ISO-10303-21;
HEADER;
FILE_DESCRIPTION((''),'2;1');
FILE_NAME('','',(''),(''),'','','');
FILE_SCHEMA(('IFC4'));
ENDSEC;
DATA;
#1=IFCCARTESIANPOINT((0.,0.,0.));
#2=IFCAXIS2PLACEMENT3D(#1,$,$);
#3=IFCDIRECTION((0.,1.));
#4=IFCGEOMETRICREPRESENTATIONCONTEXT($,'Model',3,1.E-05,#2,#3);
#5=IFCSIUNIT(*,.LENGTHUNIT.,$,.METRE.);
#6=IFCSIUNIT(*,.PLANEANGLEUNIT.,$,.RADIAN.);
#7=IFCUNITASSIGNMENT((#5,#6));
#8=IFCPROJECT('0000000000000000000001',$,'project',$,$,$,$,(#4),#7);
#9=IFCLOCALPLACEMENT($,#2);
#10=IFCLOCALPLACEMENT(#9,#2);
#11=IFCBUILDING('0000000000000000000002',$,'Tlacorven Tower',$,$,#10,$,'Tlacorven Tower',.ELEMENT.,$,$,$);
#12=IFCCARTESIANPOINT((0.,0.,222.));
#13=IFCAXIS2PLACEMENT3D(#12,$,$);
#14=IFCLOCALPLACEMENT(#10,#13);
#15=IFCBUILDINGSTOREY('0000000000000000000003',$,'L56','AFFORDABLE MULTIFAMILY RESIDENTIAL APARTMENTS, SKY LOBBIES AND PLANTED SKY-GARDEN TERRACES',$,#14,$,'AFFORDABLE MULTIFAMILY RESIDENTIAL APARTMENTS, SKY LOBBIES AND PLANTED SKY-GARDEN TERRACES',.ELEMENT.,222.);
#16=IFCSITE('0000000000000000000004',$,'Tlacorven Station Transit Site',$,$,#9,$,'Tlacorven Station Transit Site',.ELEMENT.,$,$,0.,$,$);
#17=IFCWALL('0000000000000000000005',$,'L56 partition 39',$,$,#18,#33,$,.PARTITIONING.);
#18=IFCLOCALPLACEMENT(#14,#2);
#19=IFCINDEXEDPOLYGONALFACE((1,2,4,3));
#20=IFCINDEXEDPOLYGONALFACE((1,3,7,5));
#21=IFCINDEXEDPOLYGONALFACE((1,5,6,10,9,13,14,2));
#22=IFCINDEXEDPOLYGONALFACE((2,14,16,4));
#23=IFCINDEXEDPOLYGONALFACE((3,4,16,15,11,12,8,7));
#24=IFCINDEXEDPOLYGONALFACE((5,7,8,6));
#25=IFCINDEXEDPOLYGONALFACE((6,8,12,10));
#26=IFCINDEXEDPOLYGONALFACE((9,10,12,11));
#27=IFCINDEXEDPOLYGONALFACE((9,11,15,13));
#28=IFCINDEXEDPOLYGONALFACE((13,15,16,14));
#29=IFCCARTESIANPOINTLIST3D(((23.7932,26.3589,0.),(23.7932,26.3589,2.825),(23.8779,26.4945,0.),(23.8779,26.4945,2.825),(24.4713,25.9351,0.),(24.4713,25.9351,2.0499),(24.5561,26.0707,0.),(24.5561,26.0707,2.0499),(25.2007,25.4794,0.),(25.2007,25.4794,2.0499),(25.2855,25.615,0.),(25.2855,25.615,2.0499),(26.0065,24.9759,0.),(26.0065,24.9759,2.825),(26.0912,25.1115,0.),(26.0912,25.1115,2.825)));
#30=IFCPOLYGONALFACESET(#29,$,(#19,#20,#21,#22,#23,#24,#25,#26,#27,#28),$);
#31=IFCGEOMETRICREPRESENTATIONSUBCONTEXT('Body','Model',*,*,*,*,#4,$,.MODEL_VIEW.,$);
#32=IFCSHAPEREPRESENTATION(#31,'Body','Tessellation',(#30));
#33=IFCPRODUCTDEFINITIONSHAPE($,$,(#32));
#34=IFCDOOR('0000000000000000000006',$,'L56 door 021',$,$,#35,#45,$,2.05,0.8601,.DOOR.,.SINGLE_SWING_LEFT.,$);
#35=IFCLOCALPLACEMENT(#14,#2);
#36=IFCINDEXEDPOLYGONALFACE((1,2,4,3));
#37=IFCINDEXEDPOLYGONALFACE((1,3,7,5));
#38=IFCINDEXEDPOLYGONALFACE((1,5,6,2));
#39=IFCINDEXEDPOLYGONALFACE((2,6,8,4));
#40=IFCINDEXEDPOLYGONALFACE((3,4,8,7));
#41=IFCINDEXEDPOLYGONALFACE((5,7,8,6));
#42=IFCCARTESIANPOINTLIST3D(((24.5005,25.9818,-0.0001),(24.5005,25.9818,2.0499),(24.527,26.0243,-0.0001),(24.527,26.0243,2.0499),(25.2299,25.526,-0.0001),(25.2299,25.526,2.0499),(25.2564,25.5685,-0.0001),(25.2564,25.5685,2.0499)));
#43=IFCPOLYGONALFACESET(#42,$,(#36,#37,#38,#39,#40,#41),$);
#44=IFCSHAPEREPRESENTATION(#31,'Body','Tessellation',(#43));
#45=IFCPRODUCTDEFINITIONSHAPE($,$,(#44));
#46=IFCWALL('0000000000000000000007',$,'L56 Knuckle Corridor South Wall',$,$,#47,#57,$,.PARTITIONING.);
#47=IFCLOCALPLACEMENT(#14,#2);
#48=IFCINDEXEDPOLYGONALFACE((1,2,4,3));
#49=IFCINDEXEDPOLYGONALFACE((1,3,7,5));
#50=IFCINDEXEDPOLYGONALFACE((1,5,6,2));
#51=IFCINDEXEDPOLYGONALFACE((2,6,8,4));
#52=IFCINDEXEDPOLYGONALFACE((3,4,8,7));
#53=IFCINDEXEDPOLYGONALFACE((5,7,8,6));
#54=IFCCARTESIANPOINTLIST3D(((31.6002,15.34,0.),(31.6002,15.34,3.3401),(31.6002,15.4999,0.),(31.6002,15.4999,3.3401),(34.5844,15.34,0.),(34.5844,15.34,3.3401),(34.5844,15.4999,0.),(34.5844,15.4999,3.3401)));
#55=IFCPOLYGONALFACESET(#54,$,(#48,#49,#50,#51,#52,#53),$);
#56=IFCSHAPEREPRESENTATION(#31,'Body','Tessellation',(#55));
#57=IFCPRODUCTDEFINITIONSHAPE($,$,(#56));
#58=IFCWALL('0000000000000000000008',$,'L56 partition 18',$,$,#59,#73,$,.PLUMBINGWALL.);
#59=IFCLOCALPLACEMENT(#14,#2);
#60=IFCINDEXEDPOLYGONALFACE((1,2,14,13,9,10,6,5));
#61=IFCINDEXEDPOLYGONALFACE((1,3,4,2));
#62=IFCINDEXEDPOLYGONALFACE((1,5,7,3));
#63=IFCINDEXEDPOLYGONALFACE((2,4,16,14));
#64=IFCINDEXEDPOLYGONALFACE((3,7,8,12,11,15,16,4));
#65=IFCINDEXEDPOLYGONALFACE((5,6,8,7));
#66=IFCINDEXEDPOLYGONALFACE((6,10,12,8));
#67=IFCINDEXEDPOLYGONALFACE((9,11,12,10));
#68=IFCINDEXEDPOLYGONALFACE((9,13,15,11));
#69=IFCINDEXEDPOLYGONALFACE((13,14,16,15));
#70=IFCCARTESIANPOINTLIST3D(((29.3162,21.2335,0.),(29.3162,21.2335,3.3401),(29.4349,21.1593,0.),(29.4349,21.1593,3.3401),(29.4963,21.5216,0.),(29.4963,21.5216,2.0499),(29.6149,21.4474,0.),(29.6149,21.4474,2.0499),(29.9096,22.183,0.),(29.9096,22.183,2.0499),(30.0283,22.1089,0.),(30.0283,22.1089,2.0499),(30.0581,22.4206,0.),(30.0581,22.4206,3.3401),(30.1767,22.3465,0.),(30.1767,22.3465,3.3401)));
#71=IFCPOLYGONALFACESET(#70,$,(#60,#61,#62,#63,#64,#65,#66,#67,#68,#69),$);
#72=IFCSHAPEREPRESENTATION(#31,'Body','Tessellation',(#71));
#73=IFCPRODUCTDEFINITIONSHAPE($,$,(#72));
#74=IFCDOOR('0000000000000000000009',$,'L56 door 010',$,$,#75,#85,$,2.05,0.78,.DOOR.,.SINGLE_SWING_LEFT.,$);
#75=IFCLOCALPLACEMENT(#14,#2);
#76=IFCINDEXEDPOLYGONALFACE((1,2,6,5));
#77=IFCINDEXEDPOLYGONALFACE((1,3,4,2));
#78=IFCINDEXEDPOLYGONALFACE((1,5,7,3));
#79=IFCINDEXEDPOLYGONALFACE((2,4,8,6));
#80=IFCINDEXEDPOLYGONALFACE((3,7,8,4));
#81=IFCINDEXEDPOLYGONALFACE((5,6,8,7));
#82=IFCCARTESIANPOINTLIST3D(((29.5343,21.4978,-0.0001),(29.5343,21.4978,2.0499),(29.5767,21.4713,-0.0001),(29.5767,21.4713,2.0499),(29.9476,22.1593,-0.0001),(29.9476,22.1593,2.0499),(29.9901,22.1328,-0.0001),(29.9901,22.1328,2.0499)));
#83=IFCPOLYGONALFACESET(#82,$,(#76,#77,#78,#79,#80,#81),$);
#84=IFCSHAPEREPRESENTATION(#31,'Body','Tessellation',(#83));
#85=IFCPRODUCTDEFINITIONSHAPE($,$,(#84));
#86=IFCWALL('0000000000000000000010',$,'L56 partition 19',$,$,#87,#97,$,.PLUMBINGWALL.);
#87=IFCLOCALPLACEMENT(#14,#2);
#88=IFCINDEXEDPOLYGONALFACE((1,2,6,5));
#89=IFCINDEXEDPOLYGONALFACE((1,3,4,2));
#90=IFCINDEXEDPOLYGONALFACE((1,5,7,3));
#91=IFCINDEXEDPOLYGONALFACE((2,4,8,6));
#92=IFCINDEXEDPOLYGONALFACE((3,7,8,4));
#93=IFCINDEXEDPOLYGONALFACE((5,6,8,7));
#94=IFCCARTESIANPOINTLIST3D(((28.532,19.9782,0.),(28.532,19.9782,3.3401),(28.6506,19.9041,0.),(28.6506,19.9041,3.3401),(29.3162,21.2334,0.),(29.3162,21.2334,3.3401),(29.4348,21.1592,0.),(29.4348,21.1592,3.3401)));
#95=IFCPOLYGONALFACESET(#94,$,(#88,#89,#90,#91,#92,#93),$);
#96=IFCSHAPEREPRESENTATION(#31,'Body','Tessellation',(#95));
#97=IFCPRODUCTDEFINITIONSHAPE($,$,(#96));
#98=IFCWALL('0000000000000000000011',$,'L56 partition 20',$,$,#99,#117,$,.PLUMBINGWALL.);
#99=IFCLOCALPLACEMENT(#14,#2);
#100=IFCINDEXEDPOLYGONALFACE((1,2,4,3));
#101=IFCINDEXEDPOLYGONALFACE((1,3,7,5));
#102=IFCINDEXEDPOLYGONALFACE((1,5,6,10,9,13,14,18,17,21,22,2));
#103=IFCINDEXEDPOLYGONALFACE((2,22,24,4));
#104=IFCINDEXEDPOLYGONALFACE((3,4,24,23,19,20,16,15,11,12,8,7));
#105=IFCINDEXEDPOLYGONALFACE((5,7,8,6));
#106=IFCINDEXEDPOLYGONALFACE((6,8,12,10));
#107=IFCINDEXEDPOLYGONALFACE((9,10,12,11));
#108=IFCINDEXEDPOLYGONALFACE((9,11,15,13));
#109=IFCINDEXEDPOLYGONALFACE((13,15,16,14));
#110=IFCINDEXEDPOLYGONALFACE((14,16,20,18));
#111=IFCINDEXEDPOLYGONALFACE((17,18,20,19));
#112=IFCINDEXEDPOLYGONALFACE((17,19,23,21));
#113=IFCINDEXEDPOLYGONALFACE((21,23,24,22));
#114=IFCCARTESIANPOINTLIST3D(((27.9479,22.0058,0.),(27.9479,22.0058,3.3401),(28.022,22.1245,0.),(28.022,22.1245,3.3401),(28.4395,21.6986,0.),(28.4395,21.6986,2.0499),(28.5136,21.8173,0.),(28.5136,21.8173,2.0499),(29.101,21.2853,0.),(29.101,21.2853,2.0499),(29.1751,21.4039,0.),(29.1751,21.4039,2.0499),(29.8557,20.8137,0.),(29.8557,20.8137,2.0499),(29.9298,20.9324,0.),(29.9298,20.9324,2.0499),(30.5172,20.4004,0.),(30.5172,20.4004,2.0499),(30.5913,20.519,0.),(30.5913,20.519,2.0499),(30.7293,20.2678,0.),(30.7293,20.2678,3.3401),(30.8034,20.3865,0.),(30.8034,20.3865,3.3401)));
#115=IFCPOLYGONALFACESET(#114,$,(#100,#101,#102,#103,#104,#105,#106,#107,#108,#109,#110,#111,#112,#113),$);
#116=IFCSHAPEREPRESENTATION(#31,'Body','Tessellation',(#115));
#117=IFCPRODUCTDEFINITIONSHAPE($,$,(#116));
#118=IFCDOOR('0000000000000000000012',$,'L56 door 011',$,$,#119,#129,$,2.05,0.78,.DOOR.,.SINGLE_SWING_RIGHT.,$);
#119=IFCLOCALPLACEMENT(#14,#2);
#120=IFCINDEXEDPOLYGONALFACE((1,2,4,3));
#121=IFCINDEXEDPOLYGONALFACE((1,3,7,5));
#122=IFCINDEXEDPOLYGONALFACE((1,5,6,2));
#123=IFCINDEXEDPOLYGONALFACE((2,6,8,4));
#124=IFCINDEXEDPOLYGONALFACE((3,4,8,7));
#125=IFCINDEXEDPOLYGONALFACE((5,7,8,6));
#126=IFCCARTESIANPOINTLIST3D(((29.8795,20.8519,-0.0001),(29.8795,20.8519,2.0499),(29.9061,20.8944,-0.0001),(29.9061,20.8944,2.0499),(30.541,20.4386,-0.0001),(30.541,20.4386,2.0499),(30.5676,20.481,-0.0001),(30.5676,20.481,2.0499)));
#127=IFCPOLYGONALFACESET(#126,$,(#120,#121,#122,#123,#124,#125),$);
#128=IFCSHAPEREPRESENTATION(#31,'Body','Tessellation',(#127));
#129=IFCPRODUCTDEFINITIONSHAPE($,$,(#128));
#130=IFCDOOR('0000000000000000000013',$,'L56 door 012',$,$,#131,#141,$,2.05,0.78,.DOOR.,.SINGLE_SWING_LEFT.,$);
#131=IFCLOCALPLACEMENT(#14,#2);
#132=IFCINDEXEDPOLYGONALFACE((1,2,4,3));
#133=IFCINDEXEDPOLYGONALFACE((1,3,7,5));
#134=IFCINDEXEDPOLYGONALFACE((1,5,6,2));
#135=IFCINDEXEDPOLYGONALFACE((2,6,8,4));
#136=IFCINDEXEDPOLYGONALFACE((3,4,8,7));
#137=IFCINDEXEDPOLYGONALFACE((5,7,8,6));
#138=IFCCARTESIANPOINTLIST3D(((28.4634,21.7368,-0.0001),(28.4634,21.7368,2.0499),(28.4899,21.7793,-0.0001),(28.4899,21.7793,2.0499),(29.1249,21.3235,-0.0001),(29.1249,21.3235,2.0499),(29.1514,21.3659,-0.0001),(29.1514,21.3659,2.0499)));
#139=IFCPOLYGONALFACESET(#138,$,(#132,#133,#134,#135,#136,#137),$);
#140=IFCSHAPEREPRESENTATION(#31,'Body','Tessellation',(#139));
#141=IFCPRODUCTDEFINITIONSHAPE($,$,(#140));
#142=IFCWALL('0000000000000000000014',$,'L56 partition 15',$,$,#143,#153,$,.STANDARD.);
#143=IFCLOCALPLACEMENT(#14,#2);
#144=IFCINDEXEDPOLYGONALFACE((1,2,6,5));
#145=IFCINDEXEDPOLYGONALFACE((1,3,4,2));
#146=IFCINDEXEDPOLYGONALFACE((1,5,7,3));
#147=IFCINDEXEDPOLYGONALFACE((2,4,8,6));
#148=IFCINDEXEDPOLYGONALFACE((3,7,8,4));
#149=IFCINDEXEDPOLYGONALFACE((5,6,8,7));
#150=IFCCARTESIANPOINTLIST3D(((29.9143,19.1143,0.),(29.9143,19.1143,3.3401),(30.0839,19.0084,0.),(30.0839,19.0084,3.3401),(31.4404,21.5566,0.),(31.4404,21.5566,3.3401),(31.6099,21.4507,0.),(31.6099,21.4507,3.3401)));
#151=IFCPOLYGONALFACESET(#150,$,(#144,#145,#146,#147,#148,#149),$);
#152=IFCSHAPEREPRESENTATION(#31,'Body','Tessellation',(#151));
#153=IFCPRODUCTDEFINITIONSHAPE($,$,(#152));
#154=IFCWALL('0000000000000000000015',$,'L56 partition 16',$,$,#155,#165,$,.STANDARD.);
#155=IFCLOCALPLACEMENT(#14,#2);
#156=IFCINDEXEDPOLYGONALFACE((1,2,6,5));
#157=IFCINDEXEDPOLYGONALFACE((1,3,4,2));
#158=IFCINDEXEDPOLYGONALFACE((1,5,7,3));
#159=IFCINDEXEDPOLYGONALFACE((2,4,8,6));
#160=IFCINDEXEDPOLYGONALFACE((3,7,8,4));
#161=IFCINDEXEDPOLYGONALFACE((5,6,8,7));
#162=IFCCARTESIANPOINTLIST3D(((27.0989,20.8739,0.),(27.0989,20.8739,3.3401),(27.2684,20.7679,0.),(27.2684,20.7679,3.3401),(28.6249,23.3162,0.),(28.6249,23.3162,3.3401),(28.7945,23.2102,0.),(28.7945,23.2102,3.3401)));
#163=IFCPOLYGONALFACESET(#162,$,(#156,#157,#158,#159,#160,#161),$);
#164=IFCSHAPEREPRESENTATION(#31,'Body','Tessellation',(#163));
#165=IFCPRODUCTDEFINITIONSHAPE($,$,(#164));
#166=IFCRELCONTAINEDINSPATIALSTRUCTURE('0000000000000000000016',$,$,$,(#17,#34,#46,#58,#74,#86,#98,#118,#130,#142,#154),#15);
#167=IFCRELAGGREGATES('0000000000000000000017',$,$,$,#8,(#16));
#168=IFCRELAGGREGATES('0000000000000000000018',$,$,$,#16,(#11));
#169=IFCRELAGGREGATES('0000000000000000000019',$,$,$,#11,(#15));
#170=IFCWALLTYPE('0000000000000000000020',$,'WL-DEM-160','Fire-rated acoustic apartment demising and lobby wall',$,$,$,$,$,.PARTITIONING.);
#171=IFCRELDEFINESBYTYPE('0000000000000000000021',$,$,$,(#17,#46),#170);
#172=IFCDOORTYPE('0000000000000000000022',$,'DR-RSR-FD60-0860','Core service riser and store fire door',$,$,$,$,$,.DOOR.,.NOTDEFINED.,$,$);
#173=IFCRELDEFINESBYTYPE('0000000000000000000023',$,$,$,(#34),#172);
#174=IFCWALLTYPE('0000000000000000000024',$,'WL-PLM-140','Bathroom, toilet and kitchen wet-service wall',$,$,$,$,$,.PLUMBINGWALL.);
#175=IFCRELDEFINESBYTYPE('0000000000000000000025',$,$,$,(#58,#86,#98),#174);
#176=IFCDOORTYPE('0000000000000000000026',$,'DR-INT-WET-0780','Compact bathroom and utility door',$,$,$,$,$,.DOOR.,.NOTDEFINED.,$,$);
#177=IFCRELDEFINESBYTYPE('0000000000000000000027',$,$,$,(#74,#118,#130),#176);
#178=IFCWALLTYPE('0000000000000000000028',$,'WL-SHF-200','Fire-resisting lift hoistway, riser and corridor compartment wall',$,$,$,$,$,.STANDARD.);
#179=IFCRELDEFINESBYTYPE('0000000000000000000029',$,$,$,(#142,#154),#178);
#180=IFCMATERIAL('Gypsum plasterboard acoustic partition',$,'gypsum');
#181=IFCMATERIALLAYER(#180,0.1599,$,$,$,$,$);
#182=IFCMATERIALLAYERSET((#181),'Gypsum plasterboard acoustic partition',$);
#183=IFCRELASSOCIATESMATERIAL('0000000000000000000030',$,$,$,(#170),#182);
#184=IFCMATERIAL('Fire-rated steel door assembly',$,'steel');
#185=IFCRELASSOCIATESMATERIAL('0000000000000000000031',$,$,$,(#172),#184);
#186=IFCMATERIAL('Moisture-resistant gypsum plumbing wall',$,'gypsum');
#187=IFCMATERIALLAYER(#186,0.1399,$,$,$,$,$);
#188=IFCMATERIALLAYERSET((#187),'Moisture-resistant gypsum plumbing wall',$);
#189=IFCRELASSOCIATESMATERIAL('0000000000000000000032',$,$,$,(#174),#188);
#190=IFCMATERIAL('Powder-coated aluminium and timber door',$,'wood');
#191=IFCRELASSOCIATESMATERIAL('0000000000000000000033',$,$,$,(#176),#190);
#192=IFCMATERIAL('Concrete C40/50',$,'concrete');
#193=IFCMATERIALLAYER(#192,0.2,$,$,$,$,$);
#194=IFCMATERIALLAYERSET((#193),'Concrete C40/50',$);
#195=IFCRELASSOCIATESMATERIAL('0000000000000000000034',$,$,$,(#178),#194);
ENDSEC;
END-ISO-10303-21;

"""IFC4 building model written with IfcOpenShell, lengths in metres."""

from ifc_helpers import new_model, si_unit, direction, frame, frame_2d, origin, place, context, subcontext, project, spatial, rectangle, extrude, source, transform, mapped, material, layer, layer_set, type_object, element, fill, save


model = new_model("IFC4")

# Units and contexts
model_context = context("Model", 3, precision=1e-05, world=origin(), true_north=direction((0.0, 1.0)))
body_context = subcontext(model_context, "Body", "Model", "MODEL_VIEW")
ifc_project = project(units=[si_unit("LENGTHUNIT", "METRE"), si_unit("PLANEANGLEUNIT", "RADIAN")], contexts=[model_context])

# Site, building, storey
site_placement = place(None, origin())
site = spatial("IfcSite", under=ifc_project, at=site_placement, Name="Tlacorven Station Transit Site", LongName="Tlacorven Station Transit Site", CompositionType="ELEMENT", RefElevation=0.0)
building_placement = place(site_placement, origin())
building = spatial("IfcBuilding", under=site, at=building_placement, Name="Tlacorven Tower", LongName="Tlacorven Tower", CompositionType="ELEMENT")
storey_placement = place(building_placement, frame((0.0, 0.0, 222.0)))
storey = spatial("IfcBuildingStorey", under=building, at=storey_placement, Name="L56", Description="AFFORDABLE MULTIFAMILY RESIDENTIAL APARTMENTS, SKY LOBBIES AND PLANTED SKY-GARDEN TERRACES", LongName="AFFORDABLE MULTIFAMILY RESIDENTIAL APARTMENTS, SKY LOBBIES AND PLANTED SKY-GARDEN TERRACES", CompositionType="ELEMENT", Elevation=222.0)

# Wall, opening, door
ifc_material_1 = material(Name="Gypsum plasterboard acoustic partition", Category="gypsum")
ifc_layer_1 = layer(ifc_material_1, 0.1599)
ifc_layer_set_1 = layer_set([ifc_layer_1], Name="Gypsum plasterboard acoustic partition")
wall_type_1 = type_object("IfcWallType", Name="WL-DEM-160", Description="Fire-rated acoustic apartment demising and lobby wall", PredefinedType="PARTITIONING", material=ifc_layer_set_1)
wall_1_placement = place(storey_placement, frame((26.0488, 25.0437, 0.0), z_axis=(0.0, 0.0, 1.0), x_axis=(-0.848051, 0.529915, 0.0)))
wall_1 = element("IfcWall", 1, at=wall_1_placement, inside=storey, type_object=wall_type_1, Name="L56 partition 39", PredefinedType="PARTITIONING", context=body_context, shape_type="SweptSolid", body=[
    extrude(rectangle(XDim=2.6099, YDim=0.1599, at=frame_2d((1.3049, 0.0))), origin(), (0.0, 0.0, 1.0), 2.825),
])
opening_1_placement = place(wall_1_placement, frame((0.95, 0.0, 0.0)))
opening_1 = element("IfcOpeningElement", 2, at=opening_1_placement, cuts=wall_1, PredefinedType="OPENING", context=body_context, shape_type="SweptSolid", body=[
    extrude(rectangle(XDim=0.8601, YDim=2.05, at=frame_2d((0.4302, 1.0249))), frame((0.0, 0.0898, 0.0), z_axis=(0.0, -1.0, 0.0), x_axis=(1.0, 0.0, 0.0)), (0.0, 0.0, 1.0), 0.1799),
])
ifc_material_2 = material(Name="Fire-rated steel door assembly", Category="steel")
door_type_1 = type_object("IfcDoorType", Name="DR-RSR-FD60-0860", Description="Core service riser and store fire door", OperationType="NOTDEFINED", PredefinedType="DOOR", material=ifc_material_2)
shared_shape_1 = source(origin(), body_context, "Body", "SweptSolid", [
    extrude(rectangle(XDim=0.8601, YDim=2.05, at=frame_2d((0.4302, 1.0249))), frame((0.0, 0.0249, 0.0), z_axis=(0.0, -1.0, 0.0), x_axis=(1.0, 0.0, 0.0)), (0.0, 0.0, 1.0), 0.05),
])
door_1_placement = place(opening_1_placement, origin())
door_1 = element("IfcDoor", 3, at=door_1_placement, inside=storey, type_object=door_type_1, Name="L56 door 021", OperationType="SINGLE_SWING_LEFT", OverallHeight=2.05, OverallWidth=0.8601, PredefinedType="DOOR", context=body_context, shape_type="MappedRepresentation", body=[
    mapped(shared_shape_1, transform((0.0, 0.0, 0.0), scale=1.0)),
])
fill(opening_1, door_1)

# Wall
wall_2_placement = place(storey_placement, frame((31.6001, 15.4199, 0.0), z_axis=(0.0, 0.0, 1.0), x_axis=(1.0, 0.0, 0.0)))
element("IfcWall", 4, at=wall_2_placement, inside=storey, type_object=wall_type_1, Name="L56 Knuckle Corridor South Wall", PredefinedType="PARTITIONING", context=body_context, shape_type="SweptSolid", body=[
    extrude(rectangle(XDim=2.9841, YDim=0.1599, at=frame_2d((1.4922, 0.0))), origin(), (0.0, 0.0, 1.0), 3.3401),
])

# Wall, opening, door
ifc_material_3 = material(Name="Moisture-resistant gypsum plumbing wall", Category="gypsum")
ifc_layer_2 = layer(ifc_material_3, 0.1399)
ifc_layer_set_2 = layer_set([ifc_layer_2], Name="Moisture-resistant gypsum plumbing wall")
wall_type_2 = type_object("IfcWallType", Name="WL-PLM-140", Description="Bathroom, toilet and kitchen wet-service wall", PredefinedType="PLUMBINGWALL", material=ifc_layer_set_2)
wall_3_placement = place(storey_placement, frame((30.1174, 22.3835, 0.0), z_axis=(0.0, 0.0, 1.0), x_axis=(-0.529952, -0.848028, 0.0)))
wall_3 = element("IfcWall", 5, at=wall_3_placement, inside=storey, type_object=wall_type_2, Name="L56 partition 18", PredefinedType="PLUMBINGWALL", context=body_context, shape_type="SweptSolid", body=[
    extrude(rectangle(XDim=1.3999, YDim=0.1399, at=frame_2d((0.7, 0.0))), origin(), (0.0, 0.0, 1.0), 3.3401),
])
opening_2_placement = place(wall_3_placement, frame((0.28, 0.0, 0.0)))
opening_2 = element("IfcOpeningElement", 6, at=opening_2_placement, cuts=wall_3, PredefinedType="OPENING", context=body_context, shape_type="SweptSolid", body=[
    extrude(rectangle(XDim=0.78, YDim=2.05, at=frame_2d((0.3901, 1.0249))), frame((0.0, 0.0801, 0.0), z_axis=(0.0, -1.0, 0.0), x_axis=(1.0, 0.0, 0.0)), (0.0, 0.0, 1.0), 0.1599),
])
ifc_material_4 = material(Name="Powder-coated aluminium and timber door", Category="wood")
door_type_2 = type_object("IfcDoorType", Name="DR-INT-WET-0780", Description="Compact bathroom and utility door", OperationType="NOTDEFINED", PredefinedType="DOOR", material=ifc_material_4)
shared_shape_2 = source(origin(), body_context, "Body", "SweptSolid", [
    extrude(rectangle(XDim=0.78, YDim=2.05, at=frame_2d((0.3901, 1.0249))), frame((0.0, 0.0249, 0.0), z_axis=(0.0, -1.0, 0.0), x_axis=(1.0, 0.0, 0.0)), (0.0, 0.0, 1.0), 0.05),
])
door_2_placement = place(opening_2_placement, origin())
door_2 = element("IfcDoor", 7, at=door_2_placement, inside=storey, type_object=door_type_2, Name="L56 door 010", OperationType="SINGLE_SWING_LEFT", OverallHeight=2.05, OverallWidth=0.78, PredefinedType="DOOR", context=body_context, shape_type="MappedRepresentation", body=[
    mapped(shared_shape_2, transform((0.0, 0.0, 0.0), scale=1.0)),
])
fill(opening_2, door_2)

# Wall
wall_4_placement = place(storey_placement, frame((29.3755, 21.1963, 0.0), z_axis=(0.0, 0.0, 1.0), x_axis=(-0.529865, -0.848082, 0.0)))
element("IfcWall", 8, at=wall_4_placement, inside=storey, type_object=wall_type_2, Name="L56 partition 19", PredefinedType="PLUMBINGWALL", context=body_context, shape_type="SweptSolid", body=[
    extrude(rectangle(XDim=1.48, YDim=0.1399, at=frame_2d((0.74, 0.0))), origin(), (0.0, 0.0, 1.0), 3.3401),
])

# Wall, openings, doors
wall_5_placement = place(storey_placement, frame((30.7664, 20.3271, 0.0), z_axis=(0.0, 0.0, 1.0), x_axis=(-0.848053, 0.529912, 0.0)))
wall_5 = element("IfcWall", 9, at=wall_5_placement, inside=storey, type_object=wall_type_2, Name="L56 partition 20", PredefinedType="PLUMBINGWALL", context=body_context, shape_type="SweptSolid", body=[
    extrude(rectangle(XDim=3.2798, YDim=0.1399, at=frame_2d((1.6399, 0.0))), origin(), (0.0, 0.0, 1.0), 3.3401),
])
opening_3_placement = place(wall_5_placement, frame((0.25, 0.0, 0.0)))
opening_3 = element("IfcOpeningElement", 10, at=opening_3_placement, cuts=wall_5, PredefinedType="OPENING", context=body_context, shape_type="SweptSolid", body=[
    extrude(rectangle(XDim=0.78, YDim=2.05, at=frame_2d((0.3901, 1.0249))), frame((0.0, 0.0801, 0.0), z_axis=(0.0, -1.0, 0.0), x_axis=(1.0, 0.0, 0.0)), (0.0, 0.0, 1.0), 0.1599),
])
opening_4_placement = place(wall_5_placement, frame((1.9199, 0.0, 0.0)))
opening_4 = element("IfcOpeningElement", 11, at=opening_4_placement, cuts=wall_5, PredefinedType="OPENING", context=body_context, shape_type="SweptSolid", body=[
    extrude(rectangle(XDim=0.78, YDim=2.05, at=frame_2d((0.3901, 1.0249))), frame((0.0, 0.0801, 0.0), z_axis=(0.0, -1.0, 0.0), x_axis=(1.0, 0.0, 0.0)), (0.0, 0.0, 1.0), 0.1599),
])
door_3_placement = place(opening_3_placement, origin())
door_3 = element("IfcDoor", 12, at=door_3_placement, inside=storey, type_object=door_type_2, Name="L56 door 011", OperationType="SINGLE_SWING_RIGHT", OverallHeight=2.05, OverallWidth=0.78, PredefinedType="DOOR", context=body_context, shape_type="MappedRepresentation", body=[
    mapped(shared_shape_2, transform((0.0, 0.0, 0.0), scale=1.0)),
])
fill(opening_3, door_3)
door_4_placement = place(opening_4_placement, origin())
door_4 = element("IfcDoor", 13, at=door_4_placement, inside=storey, type_object=door_type_2, Name="L56 door 012", OperationType="SINGLE_SWING_LEFT", OverallHeight=2.05, OverallWidth=0.78, PredefinedType="DOOR", context=body_context, shape_type="MappedRepresentation", body=[
    mapped(shared_shape_2, transform((0.0, 0.0, 0.0), scale=1.0)),
])
fill(opening_4, door_4)

# Walls
ifc_material_5 = material(Name="Concrete C40/50", Category="concrete")
ifc_layer_3 = layer(ifc_material_5, 0.2)
ifc_layer_set_3 = layer_set([ifc_layer_3], Name="Concrete C40/50")
wall_type_3 = type_object("IfcWallType", Name="WL-SHF-200", Description="Fire-resisting lift hoistway, riser and corridor compartment wall", PredefinedType="STANDARD", material=ifc_layer_set_3)
for number, where, z_axis, x_axis, name in (
    (14, (31.5251, 21.5037, 0.0), (0.0, 0.0, 1.0), (-0.529907, -0.848055, 0.0), "L56 partition 15"),
    (15, (28.7097, 23.2632, 0.0), (0.0, 0.0, 1.0), (-0.529907, -0.848055, 0.0), "L56 partition 16"),
):
    element("IfcWall", number, at=place(storey_placement, frame(where, z_axis=z_axis, x_axis=x_axis)), inside=storey, type_object=wall_type_3, Name=name, PredefinedType="STANDARD", context=body_context, shape_type="SweptSolid", body=[
        extrude(rectangle(XDim=2.8799, YDim=0.2, at=frame_2d((1.4399, 0.0))), origin(), (0.0, 0.0, 1.0), 3.3401),
    ])

save(model, "model.ifc")
